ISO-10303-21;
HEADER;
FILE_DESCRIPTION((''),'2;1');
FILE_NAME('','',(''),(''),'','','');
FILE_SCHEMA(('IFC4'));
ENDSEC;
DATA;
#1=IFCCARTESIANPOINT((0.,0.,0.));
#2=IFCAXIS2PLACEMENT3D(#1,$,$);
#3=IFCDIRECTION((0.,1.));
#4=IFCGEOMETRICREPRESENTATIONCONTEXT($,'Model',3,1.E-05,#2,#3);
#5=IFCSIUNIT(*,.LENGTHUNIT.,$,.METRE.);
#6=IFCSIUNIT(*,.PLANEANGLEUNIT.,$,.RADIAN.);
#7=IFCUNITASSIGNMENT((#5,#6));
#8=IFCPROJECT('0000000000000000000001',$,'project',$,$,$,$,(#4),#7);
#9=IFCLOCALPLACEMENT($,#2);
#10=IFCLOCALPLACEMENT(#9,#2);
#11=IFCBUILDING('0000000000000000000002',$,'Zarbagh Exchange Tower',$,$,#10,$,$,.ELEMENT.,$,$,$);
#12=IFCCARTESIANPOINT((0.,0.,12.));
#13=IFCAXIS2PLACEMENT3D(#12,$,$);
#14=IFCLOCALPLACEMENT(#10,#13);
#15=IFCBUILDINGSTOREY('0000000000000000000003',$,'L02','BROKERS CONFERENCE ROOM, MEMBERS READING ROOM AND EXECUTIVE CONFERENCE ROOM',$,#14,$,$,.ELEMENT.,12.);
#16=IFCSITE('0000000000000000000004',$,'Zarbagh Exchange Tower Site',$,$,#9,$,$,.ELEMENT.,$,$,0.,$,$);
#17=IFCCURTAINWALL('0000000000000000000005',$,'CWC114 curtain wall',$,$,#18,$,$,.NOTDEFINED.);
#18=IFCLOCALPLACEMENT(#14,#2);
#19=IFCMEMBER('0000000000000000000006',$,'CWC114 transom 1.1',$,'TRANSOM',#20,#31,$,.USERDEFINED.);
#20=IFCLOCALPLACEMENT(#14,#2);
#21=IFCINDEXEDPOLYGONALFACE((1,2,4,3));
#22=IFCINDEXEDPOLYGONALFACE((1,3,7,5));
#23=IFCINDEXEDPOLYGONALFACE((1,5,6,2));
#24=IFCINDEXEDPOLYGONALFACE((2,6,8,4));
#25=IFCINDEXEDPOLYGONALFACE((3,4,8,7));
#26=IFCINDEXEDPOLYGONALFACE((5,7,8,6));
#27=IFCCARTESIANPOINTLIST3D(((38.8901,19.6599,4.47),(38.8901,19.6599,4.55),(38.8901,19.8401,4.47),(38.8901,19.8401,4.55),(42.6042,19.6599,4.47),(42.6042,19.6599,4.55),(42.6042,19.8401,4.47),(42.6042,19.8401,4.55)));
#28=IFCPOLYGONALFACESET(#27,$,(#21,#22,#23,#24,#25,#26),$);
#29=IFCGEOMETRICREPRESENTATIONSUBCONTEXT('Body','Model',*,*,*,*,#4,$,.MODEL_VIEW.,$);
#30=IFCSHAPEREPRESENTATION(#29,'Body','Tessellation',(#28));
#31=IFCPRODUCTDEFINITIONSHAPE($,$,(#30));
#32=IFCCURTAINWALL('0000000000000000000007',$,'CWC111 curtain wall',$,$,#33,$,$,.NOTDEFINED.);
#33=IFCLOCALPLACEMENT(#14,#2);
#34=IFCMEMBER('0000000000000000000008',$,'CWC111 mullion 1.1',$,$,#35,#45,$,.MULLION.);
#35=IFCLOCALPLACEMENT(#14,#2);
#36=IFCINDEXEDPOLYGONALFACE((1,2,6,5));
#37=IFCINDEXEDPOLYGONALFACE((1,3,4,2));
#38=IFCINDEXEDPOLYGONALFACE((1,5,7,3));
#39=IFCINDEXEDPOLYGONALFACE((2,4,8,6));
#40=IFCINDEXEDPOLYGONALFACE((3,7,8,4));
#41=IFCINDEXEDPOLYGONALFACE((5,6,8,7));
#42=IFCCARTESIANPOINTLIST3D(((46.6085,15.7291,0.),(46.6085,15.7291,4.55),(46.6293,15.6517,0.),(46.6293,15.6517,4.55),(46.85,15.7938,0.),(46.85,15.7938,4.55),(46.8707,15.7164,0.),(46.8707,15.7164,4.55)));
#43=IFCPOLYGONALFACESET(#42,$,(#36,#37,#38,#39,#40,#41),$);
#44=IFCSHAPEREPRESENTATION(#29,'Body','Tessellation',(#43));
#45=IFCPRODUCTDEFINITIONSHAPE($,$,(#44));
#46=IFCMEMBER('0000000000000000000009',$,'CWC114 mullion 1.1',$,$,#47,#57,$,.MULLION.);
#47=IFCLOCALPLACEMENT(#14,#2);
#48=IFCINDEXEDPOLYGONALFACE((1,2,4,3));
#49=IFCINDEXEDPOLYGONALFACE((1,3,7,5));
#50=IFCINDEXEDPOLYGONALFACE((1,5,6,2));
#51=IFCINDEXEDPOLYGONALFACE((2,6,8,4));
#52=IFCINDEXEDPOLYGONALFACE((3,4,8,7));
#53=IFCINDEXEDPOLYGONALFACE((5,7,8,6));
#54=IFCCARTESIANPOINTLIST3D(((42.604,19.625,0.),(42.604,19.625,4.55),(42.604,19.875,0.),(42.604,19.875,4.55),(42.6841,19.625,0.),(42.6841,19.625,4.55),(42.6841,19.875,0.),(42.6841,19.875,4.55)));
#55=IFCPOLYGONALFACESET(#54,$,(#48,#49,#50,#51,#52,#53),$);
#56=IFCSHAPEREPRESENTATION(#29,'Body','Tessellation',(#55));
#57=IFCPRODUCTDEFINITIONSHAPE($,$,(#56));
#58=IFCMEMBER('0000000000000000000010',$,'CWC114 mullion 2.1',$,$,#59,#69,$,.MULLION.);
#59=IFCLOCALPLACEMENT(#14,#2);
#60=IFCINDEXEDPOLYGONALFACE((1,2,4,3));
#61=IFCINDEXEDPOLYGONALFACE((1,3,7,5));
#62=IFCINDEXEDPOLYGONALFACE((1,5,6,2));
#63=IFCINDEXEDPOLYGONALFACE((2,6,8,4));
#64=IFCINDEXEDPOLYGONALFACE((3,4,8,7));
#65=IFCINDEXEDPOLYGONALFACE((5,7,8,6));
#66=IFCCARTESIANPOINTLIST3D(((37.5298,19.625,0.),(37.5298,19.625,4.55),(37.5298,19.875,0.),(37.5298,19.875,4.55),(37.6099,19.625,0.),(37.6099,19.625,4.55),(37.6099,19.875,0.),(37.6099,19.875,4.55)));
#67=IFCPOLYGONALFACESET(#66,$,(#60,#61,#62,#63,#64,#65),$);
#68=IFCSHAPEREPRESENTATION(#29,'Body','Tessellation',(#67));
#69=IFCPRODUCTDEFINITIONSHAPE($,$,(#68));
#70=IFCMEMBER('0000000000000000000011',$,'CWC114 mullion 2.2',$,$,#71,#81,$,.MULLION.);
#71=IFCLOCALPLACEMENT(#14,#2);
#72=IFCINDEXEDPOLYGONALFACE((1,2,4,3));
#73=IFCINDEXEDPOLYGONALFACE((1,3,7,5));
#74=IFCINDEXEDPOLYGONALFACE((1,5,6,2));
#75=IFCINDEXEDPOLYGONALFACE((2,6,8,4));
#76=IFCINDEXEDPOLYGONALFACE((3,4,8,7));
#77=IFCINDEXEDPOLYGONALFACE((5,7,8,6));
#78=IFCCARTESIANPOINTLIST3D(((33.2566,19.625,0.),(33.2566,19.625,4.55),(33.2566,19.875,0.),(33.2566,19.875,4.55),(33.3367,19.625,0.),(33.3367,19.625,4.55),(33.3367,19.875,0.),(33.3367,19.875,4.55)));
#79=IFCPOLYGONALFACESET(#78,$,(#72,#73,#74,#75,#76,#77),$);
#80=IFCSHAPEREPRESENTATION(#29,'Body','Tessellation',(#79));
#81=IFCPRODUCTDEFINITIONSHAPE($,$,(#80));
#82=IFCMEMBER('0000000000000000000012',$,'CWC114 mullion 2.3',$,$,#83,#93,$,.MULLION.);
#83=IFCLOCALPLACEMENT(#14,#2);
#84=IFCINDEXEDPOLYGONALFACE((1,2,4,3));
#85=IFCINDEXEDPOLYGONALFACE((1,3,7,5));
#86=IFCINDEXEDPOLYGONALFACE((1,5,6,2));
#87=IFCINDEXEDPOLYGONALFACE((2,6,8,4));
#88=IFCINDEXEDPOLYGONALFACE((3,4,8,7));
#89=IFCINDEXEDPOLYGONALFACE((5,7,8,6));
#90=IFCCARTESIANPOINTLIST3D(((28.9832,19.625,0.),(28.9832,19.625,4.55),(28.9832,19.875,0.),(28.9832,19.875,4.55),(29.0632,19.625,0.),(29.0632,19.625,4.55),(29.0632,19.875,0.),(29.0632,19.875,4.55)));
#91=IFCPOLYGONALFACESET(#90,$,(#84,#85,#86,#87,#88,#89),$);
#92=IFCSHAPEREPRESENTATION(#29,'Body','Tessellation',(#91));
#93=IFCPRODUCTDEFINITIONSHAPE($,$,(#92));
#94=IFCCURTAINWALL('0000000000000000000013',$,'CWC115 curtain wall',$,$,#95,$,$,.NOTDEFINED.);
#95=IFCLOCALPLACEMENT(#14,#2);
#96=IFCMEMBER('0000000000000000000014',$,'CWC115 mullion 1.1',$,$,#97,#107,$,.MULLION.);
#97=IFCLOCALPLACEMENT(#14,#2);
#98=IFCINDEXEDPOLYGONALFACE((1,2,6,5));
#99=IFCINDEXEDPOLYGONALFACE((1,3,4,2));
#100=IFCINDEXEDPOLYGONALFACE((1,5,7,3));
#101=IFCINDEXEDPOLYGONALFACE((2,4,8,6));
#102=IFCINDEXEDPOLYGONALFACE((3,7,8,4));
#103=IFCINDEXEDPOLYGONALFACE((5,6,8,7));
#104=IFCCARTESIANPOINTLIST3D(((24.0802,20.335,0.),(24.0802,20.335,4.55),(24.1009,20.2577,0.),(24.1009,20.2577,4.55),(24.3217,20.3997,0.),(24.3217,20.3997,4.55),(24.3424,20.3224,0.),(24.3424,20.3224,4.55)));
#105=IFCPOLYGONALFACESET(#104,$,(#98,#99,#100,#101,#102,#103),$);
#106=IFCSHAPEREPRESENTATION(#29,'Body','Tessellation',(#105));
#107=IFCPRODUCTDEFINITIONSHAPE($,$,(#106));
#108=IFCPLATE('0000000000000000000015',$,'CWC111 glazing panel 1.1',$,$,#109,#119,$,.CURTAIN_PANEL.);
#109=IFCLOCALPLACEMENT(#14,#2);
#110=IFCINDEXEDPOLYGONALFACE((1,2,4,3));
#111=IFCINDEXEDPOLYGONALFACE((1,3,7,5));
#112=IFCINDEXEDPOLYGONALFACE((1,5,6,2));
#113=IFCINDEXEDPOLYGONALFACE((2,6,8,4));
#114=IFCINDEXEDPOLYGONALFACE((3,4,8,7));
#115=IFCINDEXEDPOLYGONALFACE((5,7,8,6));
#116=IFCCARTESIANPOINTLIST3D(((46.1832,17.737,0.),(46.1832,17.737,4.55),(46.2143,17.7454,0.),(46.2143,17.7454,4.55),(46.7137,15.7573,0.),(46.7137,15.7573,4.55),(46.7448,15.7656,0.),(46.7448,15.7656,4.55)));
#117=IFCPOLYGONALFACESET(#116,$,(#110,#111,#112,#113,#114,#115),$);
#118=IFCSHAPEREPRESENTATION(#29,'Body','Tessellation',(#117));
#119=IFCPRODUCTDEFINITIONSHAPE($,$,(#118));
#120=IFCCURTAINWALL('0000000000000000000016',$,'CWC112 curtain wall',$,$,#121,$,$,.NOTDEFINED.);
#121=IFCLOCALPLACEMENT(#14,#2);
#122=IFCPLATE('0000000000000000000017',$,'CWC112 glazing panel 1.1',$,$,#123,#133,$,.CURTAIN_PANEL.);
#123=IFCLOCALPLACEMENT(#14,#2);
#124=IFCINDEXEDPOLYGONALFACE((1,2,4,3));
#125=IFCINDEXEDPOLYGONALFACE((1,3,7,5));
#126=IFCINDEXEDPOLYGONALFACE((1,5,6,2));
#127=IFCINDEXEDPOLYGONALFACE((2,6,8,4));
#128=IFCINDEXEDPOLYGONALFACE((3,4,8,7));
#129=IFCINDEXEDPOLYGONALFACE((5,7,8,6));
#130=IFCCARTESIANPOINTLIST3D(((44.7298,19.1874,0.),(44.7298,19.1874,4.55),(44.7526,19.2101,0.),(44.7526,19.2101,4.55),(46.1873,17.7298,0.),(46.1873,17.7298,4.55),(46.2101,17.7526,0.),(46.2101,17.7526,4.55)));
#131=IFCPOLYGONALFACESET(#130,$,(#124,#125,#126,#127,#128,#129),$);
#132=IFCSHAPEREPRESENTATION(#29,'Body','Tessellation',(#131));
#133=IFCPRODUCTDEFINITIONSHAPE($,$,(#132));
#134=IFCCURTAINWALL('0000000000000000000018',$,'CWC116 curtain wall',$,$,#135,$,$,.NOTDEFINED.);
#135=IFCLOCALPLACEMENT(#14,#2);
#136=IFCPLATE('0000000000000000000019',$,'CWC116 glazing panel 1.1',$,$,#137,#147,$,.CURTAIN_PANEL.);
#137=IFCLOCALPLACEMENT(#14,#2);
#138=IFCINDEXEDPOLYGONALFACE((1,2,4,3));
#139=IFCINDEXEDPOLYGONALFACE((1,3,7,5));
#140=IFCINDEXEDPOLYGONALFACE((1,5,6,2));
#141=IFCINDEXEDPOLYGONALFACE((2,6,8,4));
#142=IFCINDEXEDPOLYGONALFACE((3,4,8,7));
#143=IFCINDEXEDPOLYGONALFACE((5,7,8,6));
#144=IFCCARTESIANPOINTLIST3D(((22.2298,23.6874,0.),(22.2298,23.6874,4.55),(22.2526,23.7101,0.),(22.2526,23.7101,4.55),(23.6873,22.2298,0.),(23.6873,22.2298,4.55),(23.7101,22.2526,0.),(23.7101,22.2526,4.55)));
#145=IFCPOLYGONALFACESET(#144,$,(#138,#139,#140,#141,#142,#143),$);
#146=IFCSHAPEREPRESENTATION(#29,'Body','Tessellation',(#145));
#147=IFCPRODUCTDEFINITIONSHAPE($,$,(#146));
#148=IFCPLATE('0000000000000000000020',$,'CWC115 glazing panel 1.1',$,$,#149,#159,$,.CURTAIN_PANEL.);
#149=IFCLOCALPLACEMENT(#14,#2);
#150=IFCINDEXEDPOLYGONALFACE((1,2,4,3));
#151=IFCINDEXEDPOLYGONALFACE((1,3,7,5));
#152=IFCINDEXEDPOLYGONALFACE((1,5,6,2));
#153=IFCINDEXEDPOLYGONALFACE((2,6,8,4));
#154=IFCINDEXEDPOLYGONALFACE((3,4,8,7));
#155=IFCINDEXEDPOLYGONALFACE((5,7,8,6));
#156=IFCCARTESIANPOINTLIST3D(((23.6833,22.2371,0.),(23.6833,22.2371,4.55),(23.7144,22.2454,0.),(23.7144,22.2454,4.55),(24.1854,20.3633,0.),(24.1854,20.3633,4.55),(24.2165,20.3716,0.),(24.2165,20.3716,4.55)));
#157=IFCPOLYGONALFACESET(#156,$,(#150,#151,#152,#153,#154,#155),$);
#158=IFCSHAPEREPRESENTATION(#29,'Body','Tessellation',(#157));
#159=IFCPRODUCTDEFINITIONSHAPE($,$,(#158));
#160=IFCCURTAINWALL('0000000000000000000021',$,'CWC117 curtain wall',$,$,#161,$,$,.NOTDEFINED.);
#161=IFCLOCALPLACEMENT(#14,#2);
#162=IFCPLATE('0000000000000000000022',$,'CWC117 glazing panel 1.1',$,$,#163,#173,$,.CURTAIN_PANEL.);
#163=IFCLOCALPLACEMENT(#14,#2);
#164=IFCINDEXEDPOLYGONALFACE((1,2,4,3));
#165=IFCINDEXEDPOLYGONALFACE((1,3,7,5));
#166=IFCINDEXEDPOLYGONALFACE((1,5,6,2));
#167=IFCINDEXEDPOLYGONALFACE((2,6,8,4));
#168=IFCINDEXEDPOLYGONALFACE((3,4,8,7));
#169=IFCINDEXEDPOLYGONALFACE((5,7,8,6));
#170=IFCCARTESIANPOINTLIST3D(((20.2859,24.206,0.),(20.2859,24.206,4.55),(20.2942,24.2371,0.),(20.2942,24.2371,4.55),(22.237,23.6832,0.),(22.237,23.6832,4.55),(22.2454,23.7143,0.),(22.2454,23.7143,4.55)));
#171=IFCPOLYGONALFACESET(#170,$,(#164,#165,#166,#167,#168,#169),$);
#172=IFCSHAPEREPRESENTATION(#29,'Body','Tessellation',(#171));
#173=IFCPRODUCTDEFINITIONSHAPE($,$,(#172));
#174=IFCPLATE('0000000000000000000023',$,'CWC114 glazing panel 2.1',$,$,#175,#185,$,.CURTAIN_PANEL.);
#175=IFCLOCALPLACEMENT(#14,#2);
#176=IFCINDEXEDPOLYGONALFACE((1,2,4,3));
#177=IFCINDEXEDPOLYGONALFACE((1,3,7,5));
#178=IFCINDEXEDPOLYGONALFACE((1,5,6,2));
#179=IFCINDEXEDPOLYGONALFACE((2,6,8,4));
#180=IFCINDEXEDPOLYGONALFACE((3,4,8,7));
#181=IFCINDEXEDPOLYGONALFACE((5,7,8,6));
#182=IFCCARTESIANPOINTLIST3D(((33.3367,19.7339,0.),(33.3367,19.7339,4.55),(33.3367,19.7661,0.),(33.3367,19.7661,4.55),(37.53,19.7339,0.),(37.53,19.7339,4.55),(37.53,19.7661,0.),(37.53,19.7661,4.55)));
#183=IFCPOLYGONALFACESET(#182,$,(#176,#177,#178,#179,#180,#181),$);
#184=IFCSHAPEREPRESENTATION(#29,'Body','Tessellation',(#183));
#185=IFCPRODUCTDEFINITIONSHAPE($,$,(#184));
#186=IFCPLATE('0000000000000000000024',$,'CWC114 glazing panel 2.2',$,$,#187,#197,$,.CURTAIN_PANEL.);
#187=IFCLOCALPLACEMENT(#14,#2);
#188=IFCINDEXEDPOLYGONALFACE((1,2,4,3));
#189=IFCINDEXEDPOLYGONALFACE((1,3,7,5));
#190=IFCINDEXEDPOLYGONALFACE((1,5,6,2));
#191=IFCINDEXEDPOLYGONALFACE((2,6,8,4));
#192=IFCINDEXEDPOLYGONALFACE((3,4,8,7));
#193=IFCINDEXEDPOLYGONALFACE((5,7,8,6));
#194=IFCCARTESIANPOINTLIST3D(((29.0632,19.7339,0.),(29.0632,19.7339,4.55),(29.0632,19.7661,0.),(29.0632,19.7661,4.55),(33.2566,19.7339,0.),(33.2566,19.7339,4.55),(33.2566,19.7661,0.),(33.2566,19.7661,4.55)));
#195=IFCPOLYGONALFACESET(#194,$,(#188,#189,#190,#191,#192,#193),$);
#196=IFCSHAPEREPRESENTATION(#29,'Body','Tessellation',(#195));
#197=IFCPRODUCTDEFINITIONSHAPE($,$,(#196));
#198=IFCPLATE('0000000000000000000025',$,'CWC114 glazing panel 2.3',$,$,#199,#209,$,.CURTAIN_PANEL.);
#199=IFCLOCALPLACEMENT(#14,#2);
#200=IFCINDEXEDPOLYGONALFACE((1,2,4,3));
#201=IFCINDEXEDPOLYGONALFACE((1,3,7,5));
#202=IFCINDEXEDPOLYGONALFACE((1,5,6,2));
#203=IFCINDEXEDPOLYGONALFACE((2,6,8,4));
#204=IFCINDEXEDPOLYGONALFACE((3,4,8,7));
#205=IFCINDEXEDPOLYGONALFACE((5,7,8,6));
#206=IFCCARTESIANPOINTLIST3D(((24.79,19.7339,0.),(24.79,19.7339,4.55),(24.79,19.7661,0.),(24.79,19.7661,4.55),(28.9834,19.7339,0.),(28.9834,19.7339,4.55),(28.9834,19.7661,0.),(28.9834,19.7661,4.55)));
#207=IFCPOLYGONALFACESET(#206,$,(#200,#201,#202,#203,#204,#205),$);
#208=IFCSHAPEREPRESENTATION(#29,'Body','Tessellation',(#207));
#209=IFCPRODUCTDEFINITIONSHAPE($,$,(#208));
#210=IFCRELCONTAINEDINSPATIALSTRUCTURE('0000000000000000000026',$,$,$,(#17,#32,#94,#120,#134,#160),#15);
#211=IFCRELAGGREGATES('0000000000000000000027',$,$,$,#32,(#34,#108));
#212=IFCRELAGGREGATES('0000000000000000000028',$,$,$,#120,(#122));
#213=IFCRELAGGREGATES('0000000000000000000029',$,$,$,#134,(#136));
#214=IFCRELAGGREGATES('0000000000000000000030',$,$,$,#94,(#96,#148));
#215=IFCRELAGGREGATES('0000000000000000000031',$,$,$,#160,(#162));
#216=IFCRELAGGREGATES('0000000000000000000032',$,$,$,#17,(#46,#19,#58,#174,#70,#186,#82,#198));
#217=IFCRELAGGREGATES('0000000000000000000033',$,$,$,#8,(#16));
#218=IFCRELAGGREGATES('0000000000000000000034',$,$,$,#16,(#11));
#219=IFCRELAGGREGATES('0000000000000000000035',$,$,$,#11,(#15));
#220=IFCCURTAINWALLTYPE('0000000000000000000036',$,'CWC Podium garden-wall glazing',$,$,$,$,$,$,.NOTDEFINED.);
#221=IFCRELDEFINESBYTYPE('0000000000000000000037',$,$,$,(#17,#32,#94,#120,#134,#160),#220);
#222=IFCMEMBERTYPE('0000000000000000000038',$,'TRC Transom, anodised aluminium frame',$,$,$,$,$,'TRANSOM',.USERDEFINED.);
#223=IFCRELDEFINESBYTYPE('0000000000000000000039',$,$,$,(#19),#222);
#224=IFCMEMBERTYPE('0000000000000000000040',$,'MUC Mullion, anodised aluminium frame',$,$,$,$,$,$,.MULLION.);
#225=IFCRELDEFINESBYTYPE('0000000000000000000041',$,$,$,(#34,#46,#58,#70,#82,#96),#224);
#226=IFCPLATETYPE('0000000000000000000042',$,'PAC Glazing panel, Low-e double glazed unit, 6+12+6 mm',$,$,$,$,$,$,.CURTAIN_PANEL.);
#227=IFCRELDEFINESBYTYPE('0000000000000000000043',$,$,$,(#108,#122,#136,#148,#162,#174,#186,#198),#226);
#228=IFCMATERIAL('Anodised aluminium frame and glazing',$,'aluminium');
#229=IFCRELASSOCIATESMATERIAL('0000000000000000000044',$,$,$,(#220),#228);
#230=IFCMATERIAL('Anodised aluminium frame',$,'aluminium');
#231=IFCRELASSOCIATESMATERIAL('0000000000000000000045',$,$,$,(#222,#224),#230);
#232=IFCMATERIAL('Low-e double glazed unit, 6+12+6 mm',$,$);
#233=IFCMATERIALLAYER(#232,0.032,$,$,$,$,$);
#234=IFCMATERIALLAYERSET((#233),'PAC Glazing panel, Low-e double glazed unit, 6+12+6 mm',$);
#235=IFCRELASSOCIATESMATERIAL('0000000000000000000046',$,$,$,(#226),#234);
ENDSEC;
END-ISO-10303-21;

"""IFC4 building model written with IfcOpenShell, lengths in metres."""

from ifc_helpers import new_model, si_unit, direction, frame, origin, place, context, subcontext, project, spatial, polyline, outline, extrude, source, transform, mapped, material, layer, layer_set, type_object, element, aggregate, save


model = new_model("IFC4")

# Units and contexts
model_context = context("Model", 3, precision=1e-05, world=origin(), true_north=direction((0.0, 1.0)))
body_context = subcontext(model_context, "Body", "Model", "MODEL_VIEW")
ifc_project = project(units=[si_unit("LENGTHUNIT", "METRE"), si_unit("PLANEANGLEUNIT", "RADIAN")], contexts=[model_context])

# Site, building, storey
site_placement = place(None, origin())
site = spatial("IfcSite", under=ifc_project, at=site_placement, Name="Zarbagh Exchange Tower Site", CompositionType="ELEMENT", RefElevation=0.0)
building_placement = place(site_placement, origin())
building = spatial("IfcBuilding", under=site, at=building_placement, Name="Zarbagh Exchange Tower", CompositionType="ELEMENT")
storey_placement = place(building_placement, frame((0.0, 0.0, 12.0)))
storey = spatial("IfcBuildingStorey", under=building, at=storey_placement, Name="L02", Description="BROKERS CONFERENCE ROOM, MEMBERS READING ROOM AND EXECUTIVE CONFERENCE ROOM", CompositionType="ELEMENT", Elevation=12.0)

# Curtain walls, members
ifc_material_1 = material(Name="Anodised aluminium frame and glazing", Category="aluminium")
curtain_wall_type = type_object("IfcCurtainWallType", Name="CWC Podium garden-wall glazing", PredefinedType="NOTDEFINED", material=ifc_material_1)
curtain_wall_1_placement = place(storey_placement, origin())
curtain_wall_1 = element("IfcCurtainWall", 1, at=curtain_wall_1_placement, inside=storey, type_object=curtain_wall_type, Name="CWC114 curtain wall", PredefinedType="NOTDEFINED")
ifc_material_2 = material(Name="Anodised aluminium frame", Category="aluminium")
member_type_1 = type_object("IfcMemberType", Name="TRC Transom, anodised aluminium frame", ElementType="TRANSOM", PredefinedType="USERDEFINED", material=ifc_material_2)
shared_shape_1 = source(origin(), body_context, "Body", "SweptSolid", [
    extrude(outline(polyline([(-0.0801, -0.0901), (0.0, -0.0901), (0.0, 0.0901), (-0.0801, 0.0901), (-0.0801, -0.0901)])), origin(), (0.0, 0.0, 1.0), 3.7141),
])
placement = place(storey_placement, origin())
member_1 = element("IfcMember", 2, at=placement, type_object=member_type_1, Name="CWC114 transom 1.1", ObjectType="TRANSOM", PredefinedType="USERDEFINED", context=body_context, shape_type="MappedRepresentation", body=[
    mapped(shared_shape_1, transform((42.6042, 19.75, 4.55), x_axis=(0.0, 0.0, 1.0), y_axis=(0.0, 1.0, 0.0), z_axis=(-1.0, 0.0, 0.0))),
])
curtain_wall_2_placement = place(storey_placement, origin())
curtain_wall_2 = element("IfcCurtainWall", 3, at=curtain_wall_2_placement, inside=storey, type_object=curtain_wall_type, Name="CWC111 curtain wall", PredefinedType="NOTDEFINED")
member_type_2 = type_object("IfcMemberType", Name="MUC Mullion, anodised aluminium frame", PredefinedType="MULLION", material=ifc_material_2)
shared_shape_2 = source(origin(), body_context, "Body", "SweptSolid", [
    extrude(outline(polyline([(0.0, -0.125), (0.0801, -0.125), (0.0801, 0.125), (0.0, 0.125), (0.0, -0.125)])), origin(), (0.0, 0.0, 1.0), 4.55),
])
member_2 = element("IfcMember", 4, at=placement, type_object=member_type_2, Name="CWC111 mullion 1.1", PredefinedType="MULLION", context=body_context, shape_type="MappedRepresentation", body=[
    mapped(shared_shape_2, transform((46.75, 15.6841, 0.0), x_axis=(-0.258825, 0.965924, 0.0), y_axis=(-0.965924, -0.258825, 0.0), z_axis=(0.0, 0.0, 1.0))),
])

# Members
member_3 = element("IfcMember", 5, at=placement, type_object=member_type_2, Name="CWC114 mullion 1.1", PredefinedType="MULLION", context=body_context, shape_type="MappedRepresentation", body=[
    mapped(shared_shape_2, transform((42.6841, 19.75, 0.0), x_axis=(-1.0, 0.0, 0.0), y_axis=(0.0, -1.0, 0.0), z_axis=(0.0, 0.0, 1.0))),
])
member_4 = element("IfcMember", 6, at=placement, type_object=member_type_2, Name="CWC114 mullion 2.1", PredefinedType="MULLION", context=body_context, shape_type="MappedRepresentation", body=[
    mapped(shared_shape_2, transform((37.6099, 19.75, 0.0), x_axis=(-1.0, 0.0, 0.0), y_axis=(0.0, -1.0, 0.0), z_axis=(0.0, 0.0, 1.0))),
])
member_5 = element("IfcMember", 7, at=placement, type_object=member_type_2, Name="CWC114 mullion 2.2", PredefinedType="MULLION", context=body_context, shape_type="MappedRepresentation", body=[
    mapped(shared_shape_2, transform((33.3367, 19.75, 0.0), x_axis=(-1.0, 0.0, 0.0), y_axis=(0.0, -1.0, 0.0), z_axis=(0.0, 0.0, 1.0))),
])
member_6 = element("IfcMember", 8, at=placement, type_object=member_type_2, Name="CWC114 mullion 2.3", PredefinedType="MULLION", context=body_context, shape_type="MappedRepresentation", body=[
    mapped(shared_shape_2, transform((29.0632, 19.75, 0.0), x_axis=(-1.0, 0.0, 0.0), y_axis=(0.0, -1.0, 0.0), z_axis=(0.0, 0.0, 1.0))),
])

# Curtain wall, member
curtain_wall_3_placement = place(storey_placement, origin())
curtain_wall_3 = element("IfcCurtainWall", 9, at=curtain_wall_3_placement, inside=storey, type_object=curtain_wall_type, Name="CWC115 curtain wall", PredefinedType="NOTDEFINED")
member_7 = element("IfcMember", 10, at=placement, type_object=member_type_2, Name="CWC115 mullion 1.1", PredefinedType="MULLION", context=body_context, shape_type="MappedRepresentation", body=[
    mapped(shared_shape_2, transform((24.2217, 20.29, 0.0), x_axis=(-0.258825, 0.965924, 0.0), y_axis=(-0.965924, -0.258825, 0.0), z_axis=(0.0, 0.0, 1.0))),
])

# Plate
ifc_material_3 = material(Name="Low-e double glazed unit, 6+12+6 mm")
ifc_layer = layer(ifc_material_3, 0.032)
ifc_layer_set = layer_set([ifc_layer], Name="PAC Glazing panel, Low-e double glazed unit, 6+12+6 mm")
plate_type = type_object("IfcPlateType", Name="PAC Glazing panel, Low-e double glazed unit, 6+12+6 mm", PredefinedType="CURTAIN_PANEL", material=ifc_layer_set)
shared_shape_3 = source(origin(), body_context, "Body", "SweptSolid", [
    extrude(outline(polyline([(0.0, -0.0161), (2.0496, -0.0161), (2.0496, 0.0161), (0.0, 0.0161), (0.0, -0.0161)])), origin(), (0.0, 0.0, 1.0), 4.55),
])
plate_1 = element("IfcPlate", 11, at=placement, type_object=plate_type, Name="CWC111 glazing panel 1.1", PredefinedType="CURTAIN_PANEL", context=body_context, shape_type="MappedRepresentation", body=[
    mapped(shared_shape_3, transform((46.7292, 15.7615, 0.0), x_axis=(-0.258825, 0.965924, 0.0), y_axis=(-0.965924, -0.258825, 0.0), z_axis=(0.0, 0.0, 1.0))),
])
aggregate(curtain_wall_2, [member_2, plate_1])

# Curtain walls, plates
curtain_wall_4_placement = place(storey_placement, origin())
curtain_wall_4 = element("IfcCurtainWall", 12, at=curtain_wall_4_placement, inside=storey, type_object=curtain_wall_type, Name="CWC112 curtain wall", PredefinedType="NOTDEFINED")
shared_shape_4 = source(origin(), body_context, "Body", "SweptSolid", [
    extrude(outline(polyline([(0.0, -0.0161), (2.0613, -0.0161), (2.0613, 0.0161), (0.0, 0.0161), (0.0, -0.0161)])), origin(), (0.0, 0.0, 1.0), 4.55),
])
plate_2 = element("IfcPlate", 13, at=placement, type_object=plate_type, Name="CWC112 glazing panel 1.1", PredefinedType="CURTAIN_PANEL", context=body_context, shape_type="MappedRepresentation", body=[
    mapped(shared_shape_4, transform((46.1987, 17.7412, 0.0), x_axis=(-0.707107, 0.707107, 0.0), y_axis=(-0.707107, -0.707107, 0.0), z_axis=(0.0, 0.0, 1.0))),
])
aggregate(curtain_wall_4, [plate_2])
curtain_wall_5_placement = place(storey_placement, origin())
curtain_wall_5 = element("IfcCurtainWall", 14, at=curtain_wall_5_placement, inside=storey, type_object=curtain_wall_type, Name="CWC116 curtain wall", PredefinedType="NOTDEFINED")
plate_3 = element("IfcPlate", 15, at=placement, type_object=plate_type, Name="CWC116 glazing panel 1.1", PredefinedType="CURTAIN_PANEL", context=body_context, shape_type="MappedRepresentation", body=[
    mapped(shared_shape_4, transform((23.6987, 22.2412, 0.0), x_axis=(-0.707107, 0.707107, 0.0), y_axis=(-0.707107, -0.707107, 0.0), z_axis=(0.0, 0.0, 1.0))),
])
aggregate(curtain_wall_5, [plate_3])

# Plate
shared_shape_5 = source(origin(), body_context, "Body", "SweptSolid", [
    extrude(outline(polyline([(0.0, -0.0161), (1.9399, -0.0161), (1.9399, 0.0161), (0.0, 0.0161), (0.0, -0.0161)])), origin(), (0.0, 0.0, 1.0), 4.55),
])
plate_4 = element("IfcPlate", 16, at=placement, type_object=plate_type, Name="CWC115 glazing panel 1.1", PredefinedType="CURTAIN_PANEL", context=body_context, shape_type="MappedRepresentation", body=[
    mapped(shared_shape_5, transform((24.2009, 20.3674, 0.0), x_axis=(-0.258825, 0.965924, 0.0), y_axis=(-0.965924, -0.258825, 0.0), z_axis=(0.0, 0.0, 1.0))),
])
aggregate(curtain_wall_3, [member_7, plate_4])

# Curtain wall, plate
curtain_wall_6_placement = place(storey_placement, origin())
curtain_wall_6 = element("IfcCurtainWall", 17, at=curtain_wall_6_placement, inside=storey, type_object=curtain_wall_type, Name="CWC117 curtain wall", PredefinedType="NOTDEFINED")
shared_shape_6 = source(origin(), body_context, "Body", "SweptSolid", [
    extrude(outline(polyline([(0.0, -0.0161), (2.02, -0.0161), (2.02, 0.0161), (0.0, 0.0161), (0.0, -0.0161)])), origin(), (0.0, 0.0, 1.0), 4.55),
])
plate_5 = element("IfcPlate", 18, at=placement, type_object=plate_type, Name="CWC117 glazing panel 1.1", PredefinedType="CURTAIN_PANEL", context=body_context, shape_type="MappedRepresentation", body=[
    mapped(shared_shape_6, transform((22.2412, 23.6987, 0.0), x_axis=(-0.965924, 0.258825, 0.0), y_axis=(-0.258825, -0.965924, 0.0), z_axis=(0.0, 0.0, 1.0))),
])
aggregate(curtain_wall_6, [plate_5])

# Plates
shared_shape_7 = source(origin(), body_context, "Body", "SweptSolid", [
    extrude(outline(polyline([(0.0, -0.0161), (4.1934, -0.0161), (4.1934, 0.0161), (0.0, 0.0161), (0.0, -0.0161)])), origin(), (0.0, 0.0, 1.0), 4.55),
])
plate_6 = element("IfcPlate", 19, at=placement, type_object=plate_type, Name="CWC114 glazing panel 2.1", PredefinedType="CURTAIN_PANEL", context=body_context, shape_type="MappedRepresentation", body=[
    mapped(shared_shape_7, transform((37.53, 19.75, 0.0), x_axis=(-1.0, 0.0, 0.0), y_axis=(0.0, -1.0, 0.0), z_axis=(0.0, 0.0, 1.0))),
])
plate_7 = element("IfcPlate", 20, at=placement, type_object=plate_type, Name="CWC114 glazing panel 2.2", PredefinedType="CURTAIN_PANEL", context=body_context, shape_type="MappedRepresentation", body=[
    mapped(shared_shape_7, transform((33.2566, 19.75, 0.0), x_axis=(-1.0, 0.0, 0.0), y_axis=(0.0, -1.0, 0.0), z_axis=(0.0, 0.0, 1.0))),
])
plate_8 = element("IfcPlate", 21, at=placement, type_object=plate_type, Name="CWC114 glazing panel 2.3", PredefinedType="CURTAIN_PANEL", context=body_context, shape_type="MappedRepresentation", body=[
    mapped(shared_shape_7, transform((28.9834, 19.75, 0.0), x_axis=(-1.0, 0.0, 0.0), y_axis=(0.0, -1.0, 0.0), z_axis=(0.0, 0.0, 1.0))),
])

aggregate(curtain_wall_1, [member_3, member_1, member_4, plate_6, member_5, plate_7, member_6, plate_8])

save(model, "model.ifc")
